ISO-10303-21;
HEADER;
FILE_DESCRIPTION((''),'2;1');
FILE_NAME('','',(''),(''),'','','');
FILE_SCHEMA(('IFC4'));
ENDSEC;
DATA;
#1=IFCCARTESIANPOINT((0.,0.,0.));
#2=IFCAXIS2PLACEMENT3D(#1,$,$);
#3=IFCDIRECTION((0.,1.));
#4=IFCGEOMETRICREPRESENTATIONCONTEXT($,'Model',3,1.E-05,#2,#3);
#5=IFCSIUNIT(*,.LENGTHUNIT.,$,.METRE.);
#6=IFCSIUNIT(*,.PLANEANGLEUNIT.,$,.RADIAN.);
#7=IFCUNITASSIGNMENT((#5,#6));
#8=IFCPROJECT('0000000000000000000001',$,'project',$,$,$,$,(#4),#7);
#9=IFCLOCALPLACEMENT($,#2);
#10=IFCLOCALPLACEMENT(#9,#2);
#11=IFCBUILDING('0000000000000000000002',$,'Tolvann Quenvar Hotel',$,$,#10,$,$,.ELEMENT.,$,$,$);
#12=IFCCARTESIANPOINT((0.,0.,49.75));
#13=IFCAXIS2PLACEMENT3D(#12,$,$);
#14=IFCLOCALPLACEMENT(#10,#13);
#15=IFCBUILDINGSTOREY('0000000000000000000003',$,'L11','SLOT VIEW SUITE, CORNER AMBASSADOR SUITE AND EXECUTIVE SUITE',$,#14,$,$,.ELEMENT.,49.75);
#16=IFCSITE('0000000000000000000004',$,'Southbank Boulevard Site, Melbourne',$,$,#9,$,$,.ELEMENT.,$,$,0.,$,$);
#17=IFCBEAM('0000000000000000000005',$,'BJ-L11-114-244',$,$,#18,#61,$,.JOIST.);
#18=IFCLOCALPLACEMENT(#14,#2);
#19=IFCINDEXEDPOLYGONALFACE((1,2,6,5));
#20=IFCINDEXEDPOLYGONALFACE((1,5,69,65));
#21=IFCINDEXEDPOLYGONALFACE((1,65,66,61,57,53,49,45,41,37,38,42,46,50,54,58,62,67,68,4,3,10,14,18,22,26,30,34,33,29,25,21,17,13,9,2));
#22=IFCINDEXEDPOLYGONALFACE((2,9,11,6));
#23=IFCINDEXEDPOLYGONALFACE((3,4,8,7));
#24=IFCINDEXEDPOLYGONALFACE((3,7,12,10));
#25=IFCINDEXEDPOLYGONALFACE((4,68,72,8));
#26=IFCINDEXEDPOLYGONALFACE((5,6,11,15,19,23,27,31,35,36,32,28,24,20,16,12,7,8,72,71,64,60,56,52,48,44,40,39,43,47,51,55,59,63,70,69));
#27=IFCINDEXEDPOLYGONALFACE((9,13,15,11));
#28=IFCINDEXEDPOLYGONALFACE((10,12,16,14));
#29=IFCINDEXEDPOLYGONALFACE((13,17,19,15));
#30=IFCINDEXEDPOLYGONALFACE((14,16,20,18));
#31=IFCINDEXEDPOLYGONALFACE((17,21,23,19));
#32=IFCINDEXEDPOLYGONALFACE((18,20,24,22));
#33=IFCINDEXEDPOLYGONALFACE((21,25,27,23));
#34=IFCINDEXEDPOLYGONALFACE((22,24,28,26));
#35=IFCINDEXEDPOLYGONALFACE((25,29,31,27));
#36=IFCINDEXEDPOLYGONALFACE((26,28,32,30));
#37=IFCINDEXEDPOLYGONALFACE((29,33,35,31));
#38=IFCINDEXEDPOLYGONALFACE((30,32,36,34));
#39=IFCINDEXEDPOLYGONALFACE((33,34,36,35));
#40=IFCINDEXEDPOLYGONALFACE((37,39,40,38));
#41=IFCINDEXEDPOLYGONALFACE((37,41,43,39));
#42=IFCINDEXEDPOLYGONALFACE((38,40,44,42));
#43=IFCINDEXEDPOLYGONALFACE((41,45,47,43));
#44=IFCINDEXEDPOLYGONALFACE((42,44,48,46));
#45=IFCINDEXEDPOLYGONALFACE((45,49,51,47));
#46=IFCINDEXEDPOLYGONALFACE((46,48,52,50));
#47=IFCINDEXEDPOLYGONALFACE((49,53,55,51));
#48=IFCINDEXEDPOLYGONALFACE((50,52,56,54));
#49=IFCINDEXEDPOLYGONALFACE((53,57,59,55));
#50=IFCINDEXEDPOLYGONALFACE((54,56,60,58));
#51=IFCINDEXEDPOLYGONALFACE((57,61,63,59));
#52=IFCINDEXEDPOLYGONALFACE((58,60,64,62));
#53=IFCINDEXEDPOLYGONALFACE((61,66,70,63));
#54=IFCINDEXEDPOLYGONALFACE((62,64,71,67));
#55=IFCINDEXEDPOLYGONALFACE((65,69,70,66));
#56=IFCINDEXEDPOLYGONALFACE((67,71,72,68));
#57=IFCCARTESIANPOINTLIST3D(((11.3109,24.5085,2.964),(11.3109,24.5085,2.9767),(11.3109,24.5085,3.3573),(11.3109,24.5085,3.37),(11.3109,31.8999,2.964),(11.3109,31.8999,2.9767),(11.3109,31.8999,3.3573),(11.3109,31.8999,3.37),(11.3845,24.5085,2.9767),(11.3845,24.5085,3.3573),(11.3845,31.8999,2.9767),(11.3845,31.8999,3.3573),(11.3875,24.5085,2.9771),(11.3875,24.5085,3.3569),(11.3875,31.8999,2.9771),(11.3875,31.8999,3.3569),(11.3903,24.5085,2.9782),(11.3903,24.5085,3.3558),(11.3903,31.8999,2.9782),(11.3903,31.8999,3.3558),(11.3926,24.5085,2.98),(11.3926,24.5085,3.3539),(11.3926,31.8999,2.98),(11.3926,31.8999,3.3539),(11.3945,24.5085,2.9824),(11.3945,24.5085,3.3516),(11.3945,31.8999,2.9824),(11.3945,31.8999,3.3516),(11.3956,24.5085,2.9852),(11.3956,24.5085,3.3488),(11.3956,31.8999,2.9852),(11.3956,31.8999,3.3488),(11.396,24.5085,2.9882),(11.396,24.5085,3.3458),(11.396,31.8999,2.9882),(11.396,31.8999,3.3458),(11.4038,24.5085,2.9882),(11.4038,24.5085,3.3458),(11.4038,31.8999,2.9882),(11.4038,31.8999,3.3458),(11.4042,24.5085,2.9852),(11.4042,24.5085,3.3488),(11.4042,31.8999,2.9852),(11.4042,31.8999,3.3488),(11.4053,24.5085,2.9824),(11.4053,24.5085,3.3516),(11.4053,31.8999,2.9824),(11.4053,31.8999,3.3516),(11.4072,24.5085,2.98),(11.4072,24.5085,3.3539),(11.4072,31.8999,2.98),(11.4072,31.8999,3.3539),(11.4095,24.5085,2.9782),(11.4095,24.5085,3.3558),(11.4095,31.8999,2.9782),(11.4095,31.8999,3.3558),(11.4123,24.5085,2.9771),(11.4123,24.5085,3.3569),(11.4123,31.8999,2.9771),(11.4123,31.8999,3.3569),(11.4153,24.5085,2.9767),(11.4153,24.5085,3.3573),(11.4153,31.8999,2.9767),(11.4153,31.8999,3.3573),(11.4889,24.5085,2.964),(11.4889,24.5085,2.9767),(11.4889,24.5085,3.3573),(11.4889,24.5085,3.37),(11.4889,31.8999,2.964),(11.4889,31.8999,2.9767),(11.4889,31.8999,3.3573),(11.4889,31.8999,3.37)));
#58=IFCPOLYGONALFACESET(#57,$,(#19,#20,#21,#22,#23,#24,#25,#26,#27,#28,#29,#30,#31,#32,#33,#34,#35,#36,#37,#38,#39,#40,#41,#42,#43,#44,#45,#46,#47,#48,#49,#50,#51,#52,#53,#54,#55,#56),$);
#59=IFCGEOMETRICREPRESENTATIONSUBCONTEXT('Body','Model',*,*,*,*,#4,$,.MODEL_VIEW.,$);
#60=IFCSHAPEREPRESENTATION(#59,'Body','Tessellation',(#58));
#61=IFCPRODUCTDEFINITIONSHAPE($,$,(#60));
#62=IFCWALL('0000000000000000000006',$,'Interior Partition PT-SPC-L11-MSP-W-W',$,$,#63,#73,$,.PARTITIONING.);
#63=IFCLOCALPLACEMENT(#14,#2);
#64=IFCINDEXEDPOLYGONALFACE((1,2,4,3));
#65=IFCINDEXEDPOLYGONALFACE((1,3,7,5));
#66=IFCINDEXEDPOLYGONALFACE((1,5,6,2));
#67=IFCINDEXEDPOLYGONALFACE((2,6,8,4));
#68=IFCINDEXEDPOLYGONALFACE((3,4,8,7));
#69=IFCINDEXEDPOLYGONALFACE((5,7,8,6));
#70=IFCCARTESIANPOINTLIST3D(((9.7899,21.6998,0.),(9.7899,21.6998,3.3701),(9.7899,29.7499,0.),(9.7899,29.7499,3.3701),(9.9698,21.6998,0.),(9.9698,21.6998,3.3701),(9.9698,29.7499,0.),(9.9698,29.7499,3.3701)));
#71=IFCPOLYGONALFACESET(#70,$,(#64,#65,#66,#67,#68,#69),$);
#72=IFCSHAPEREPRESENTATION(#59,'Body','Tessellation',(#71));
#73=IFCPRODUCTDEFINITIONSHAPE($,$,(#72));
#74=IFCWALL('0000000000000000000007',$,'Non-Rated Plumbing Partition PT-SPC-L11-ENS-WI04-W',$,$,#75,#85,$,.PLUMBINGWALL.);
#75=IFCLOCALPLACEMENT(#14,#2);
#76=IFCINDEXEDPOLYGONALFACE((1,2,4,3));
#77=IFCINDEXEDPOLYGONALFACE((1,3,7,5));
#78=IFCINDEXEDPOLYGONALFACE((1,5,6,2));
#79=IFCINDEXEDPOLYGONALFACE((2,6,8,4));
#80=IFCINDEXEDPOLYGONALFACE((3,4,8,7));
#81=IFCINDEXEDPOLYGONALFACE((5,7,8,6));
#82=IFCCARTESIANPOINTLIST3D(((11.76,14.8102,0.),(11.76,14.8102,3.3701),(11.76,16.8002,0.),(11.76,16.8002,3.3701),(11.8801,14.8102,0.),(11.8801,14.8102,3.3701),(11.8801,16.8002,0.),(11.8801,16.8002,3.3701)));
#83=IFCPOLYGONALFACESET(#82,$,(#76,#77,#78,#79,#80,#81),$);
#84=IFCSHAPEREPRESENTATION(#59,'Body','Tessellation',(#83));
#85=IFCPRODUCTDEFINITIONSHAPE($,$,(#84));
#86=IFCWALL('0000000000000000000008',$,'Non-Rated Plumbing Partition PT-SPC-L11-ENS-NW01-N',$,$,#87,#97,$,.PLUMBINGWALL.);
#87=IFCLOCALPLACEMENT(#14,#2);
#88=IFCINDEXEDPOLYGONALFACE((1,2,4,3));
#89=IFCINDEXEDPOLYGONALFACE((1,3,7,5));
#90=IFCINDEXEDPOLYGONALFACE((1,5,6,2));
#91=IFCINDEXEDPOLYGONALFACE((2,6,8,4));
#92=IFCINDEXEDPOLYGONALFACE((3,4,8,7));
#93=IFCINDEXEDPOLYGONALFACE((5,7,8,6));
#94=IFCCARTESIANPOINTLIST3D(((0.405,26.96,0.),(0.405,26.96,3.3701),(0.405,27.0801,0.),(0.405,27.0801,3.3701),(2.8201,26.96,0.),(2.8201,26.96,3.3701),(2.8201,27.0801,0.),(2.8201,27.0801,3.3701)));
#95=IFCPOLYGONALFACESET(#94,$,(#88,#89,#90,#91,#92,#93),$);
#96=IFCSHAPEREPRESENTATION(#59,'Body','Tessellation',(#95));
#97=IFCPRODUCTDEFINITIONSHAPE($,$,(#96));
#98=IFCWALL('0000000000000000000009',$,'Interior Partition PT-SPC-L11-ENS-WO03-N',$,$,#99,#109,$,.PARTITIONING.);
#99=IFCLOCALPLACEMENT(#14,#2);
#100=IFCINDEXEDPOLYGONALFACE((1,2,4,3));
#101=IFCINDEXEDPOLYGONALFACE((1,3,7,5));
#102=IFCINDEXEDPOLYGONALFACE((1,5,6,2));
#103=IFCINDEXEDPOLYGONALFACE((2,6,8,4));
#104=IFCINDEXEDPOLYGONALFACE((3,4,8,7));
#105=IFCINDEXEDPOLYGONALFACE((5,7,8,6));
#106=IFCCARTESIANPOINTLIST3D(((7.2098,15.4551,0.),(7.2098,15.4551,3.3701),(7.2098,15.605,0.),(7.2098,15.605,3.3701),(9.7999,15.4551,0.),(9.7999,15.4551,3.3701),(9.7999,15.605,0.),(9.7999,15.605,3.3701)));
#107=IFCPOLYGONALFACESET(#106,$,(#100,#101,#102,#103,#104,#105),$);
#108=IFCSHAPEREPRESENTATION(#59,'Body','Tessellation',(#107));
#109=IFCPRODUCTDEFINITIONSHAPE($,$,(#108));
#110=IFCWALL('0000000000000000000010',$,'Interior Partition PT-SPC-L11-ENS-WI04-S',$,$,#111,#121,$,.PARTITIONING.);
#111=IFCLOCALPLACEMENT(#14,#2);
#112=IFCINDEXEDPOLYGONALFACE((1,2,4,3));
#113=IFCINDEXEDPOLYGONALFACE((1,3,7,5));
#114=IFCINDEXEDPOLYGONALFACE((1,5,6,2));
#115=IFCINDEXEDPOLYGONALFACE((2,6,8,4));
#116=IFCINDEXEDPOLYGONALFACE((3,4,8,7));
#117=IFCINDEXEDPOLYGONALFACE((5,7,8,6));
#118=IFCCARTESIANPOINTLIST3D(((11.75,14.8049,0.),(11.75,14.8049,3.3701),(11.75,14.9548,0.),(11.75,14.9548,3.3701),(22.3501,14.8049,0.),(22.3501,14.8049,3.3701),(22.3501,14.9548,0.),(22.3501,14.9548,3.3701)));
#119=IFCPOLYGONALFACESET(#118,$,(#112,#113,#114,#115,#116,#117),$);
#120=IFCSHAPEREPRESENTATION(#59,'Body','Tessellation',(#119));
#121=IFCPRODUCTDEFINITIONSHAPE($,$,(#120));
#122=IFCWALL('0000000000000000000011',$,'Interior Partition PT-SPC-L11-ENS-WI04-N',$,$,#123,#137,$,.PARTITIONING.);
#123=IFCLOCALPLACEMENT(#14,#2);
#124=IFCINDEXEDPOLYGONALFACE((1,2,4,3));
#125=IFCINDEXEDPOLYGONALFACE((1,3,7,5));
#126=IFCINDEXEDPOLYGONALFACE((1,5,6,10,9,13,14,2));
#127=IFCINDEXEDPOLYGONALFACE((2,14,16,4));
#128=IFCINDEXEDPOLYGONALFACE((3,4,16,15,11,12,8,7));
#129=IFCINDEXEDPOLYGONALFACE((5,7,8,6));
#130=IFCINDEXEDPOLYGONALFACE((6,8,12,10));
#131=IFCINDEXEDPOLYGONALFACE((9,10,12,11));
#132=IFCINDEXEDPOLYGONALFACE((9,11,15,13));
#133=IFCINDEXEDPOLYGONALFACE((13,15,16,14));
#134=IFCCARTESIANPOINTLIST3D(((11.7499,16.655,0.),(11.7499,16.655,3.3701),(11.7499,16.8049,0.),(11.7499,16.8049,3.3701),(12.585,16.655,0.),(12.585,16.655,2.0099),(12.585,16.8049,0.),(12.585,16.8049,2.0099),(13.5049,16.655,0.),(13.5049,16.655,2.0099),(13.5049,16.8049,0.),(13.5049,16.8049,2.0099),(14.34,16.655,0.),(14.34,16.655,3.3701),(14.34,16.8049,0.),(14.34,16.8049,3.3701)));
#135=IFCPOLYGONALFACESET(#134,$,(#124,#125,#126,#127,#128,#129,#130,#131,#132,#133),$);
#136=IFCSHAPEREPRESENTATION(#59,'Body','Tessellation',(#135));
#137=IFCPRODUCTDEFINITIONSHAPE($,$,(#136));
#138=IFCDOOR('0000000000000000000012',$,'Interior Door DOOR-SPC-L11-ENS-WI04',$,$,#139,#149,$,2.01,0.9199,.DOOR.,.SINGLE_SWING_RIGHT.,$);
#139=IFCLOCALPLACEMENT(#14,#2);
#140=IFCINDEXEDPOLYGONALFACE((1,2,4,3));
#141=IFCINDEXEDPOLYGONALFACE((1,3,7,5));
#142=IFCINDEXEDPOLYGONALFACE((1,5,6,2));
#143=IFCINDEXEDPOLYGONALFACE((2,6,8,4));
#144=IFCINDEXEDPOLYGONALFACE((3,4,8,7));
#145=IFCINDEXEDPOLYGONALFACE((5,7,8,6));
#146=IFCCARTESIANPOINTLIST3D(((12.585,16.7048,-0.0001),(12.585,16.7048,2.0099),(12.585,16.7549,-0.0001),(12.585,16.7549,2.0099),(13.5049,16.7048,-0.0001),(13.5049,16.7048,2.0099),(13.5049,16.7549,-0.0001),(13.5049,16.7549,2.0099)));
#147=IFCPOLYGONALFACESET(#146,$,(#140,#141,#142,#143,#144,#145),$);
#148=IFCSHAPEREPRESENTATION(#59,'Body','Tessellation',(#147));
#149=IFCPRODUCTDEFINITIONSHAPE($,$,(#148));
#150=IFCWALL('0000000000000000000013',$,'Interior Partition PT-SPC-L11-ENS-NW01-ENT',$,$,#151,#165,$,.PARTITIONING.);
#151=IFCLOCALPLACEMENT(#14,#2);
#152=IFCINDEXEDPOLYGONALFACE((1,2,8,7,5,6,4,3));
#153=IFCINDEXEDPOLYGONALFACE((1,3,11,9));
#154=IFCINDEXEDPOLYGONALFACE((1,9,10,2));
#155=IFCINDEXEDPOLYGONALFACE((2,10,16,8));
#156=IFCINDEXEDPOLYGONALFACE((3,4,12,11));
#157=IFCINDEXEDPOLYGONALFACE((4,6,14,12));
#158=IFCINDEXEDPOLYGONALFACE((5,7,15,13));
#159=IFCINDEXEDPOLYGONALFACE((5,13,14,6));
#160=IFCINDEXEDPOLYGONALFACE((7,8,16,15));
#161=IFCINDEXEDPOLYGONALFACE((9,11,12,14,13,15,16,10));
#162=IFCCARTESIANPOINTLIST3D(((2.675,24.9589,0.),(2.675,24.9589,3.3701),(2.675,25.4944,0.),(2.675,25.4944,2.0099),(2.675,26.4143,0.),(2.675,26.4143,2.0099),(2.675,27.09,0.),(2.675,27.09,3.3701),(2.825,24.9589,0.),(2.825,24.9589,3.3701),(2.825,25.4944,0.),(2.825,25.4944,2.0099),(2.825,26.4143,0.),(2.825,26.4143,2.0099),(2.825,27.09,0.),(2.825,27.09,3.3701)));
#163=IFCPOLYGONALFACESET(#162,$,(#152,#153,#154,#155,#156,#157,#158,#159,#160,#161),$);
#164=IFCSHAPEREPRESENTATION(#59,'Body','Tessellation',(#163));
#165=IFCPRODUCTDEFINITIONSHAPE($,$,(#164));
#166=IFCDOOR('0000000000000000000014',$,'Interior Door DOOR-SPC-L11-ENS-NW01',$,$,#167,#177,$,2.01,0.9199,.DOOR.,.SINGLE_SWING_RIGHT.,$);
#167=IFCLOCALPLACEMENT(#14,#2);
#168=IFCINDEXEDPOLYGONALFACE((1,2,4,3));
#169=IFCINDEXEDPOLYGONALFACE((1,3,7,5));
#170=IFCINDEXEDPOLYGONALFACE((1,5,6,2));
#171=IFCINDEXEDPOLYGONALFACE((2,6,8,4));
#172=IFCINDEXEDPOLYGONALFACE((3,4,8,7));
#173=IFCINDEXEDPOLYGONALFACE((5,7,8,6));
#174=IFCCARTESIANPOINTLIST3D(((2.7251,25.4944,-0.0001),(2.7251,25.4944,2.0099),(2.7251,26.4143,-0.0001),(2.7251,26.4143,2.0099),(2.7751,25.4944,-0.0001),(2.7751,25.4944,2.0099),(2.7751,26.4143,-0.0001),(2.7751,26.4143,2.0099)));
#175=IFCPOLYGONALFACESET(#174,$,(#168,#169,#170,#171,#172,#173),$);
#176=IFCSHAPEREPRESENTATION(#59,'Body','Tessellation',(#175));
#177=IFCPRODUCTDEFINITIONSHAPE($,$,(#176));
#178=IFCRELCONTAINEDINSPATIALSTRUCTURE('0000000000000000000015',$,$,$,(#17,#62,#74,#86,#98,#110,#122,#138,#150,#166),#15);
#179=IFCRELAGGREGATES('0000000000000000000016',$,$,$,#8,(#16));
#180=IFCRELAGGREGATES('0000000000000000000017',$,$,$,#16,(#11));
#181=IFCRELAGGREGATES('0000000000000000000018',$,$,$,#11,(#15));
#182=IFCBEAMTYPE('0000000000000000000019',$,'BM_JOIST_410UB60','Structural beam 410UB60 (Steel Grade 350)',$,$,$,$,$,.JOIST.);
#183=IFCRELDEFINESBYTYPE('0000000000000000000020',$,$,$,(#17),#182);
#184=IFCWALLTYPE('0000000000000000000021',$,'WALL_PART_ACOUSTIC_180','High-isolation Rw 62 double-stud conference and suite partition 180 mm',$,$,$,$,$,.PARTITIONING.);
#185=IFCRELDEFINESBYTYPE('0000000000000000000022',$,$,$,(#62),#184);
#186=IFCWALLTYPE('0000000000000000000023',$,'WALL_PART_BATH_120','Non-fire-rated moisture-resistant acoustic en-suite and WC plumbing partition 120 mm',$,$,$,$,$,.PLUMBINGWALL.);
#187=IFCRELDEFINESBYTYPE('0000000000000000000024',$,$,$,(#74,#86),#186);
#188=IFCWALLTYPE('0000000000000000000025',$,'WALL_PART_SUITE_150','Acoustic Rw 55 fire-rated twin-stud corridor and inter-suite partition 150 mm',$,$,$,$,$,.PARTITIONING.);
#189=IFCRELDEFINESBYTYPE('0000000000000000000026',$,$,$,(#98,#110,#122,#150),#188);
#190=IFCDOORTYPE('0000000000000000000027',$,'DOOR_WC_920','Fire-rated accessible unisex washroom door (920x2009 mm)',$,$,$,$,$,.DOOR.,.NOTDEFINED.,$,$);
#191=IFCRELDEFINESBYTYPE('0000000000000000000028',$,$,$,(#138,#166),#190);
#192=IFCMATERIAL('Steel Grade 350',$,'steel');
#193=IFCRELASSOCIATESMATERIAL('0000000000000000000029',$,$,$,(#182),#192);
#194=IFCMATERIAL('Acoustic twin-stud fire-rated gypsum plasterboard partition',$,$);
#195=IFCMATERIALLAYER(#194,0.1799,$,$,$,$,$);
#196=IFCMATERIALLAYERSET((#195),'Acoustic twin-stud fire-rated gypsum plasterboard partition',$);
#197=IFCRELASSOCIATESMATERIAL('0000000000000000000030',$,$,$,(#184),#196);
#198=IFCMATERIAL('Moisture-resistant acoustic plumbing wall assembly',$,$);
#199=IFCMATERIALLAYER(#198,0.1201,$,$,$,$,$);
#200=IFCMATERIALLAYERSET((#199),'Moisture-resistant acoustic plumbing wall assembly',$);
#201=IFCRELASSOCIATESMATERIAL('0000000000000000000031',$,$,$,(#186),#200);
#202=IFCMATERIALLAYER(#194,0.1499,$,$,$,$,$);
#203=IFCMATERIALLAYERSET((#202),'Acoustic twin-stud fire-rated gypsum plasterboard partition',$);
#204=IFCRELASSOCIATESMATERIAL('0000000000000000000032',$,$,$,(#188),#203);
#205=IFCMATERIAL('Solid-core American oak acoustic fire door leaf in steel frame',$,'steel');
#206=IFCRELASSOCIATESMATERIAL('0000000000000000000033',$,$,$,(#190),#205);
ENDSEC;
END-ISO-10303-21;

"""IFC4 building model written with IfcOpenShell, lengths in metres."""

from ifc_helpers import new_model, si_unit, direction, frame, frame_2d, origin, origin_2d, place, context, subcontext, project, spatial, rectangle, i_section, extrude, source, transform, mapped, material, layer, layer_set, material_profile, profile_set, type_object, type_shapes, element, fill, save


model = new_model("IFC4")

# Units and contexts
model_context = context("Model", 3, precision=1e-05, world=origin(), true_north=direction((0.0, 1.0)))
body_context = subcontext(model_context, "Body", "Model", "MODEL_VIEW")
ifc_project = project(units=[si_unit("LENGTHUNIT", "METRE"), si_unit("PLANEANGLEUNIT", "RADIAN")], contexts=[model_context])

# Site, building, storey
site_placement = place(None, origin())
site = spatial("IfcSite", under=ifc_project, at=site_placement, Name="Southbank Boulevard Site, Melbourne", CompositionType="ELEMENT", RefElevation=0.0)
building_placement = place(site_placement, origin())
building = spatial("IfcBuilding", under=site, at=building_placement, Name="Tolvann Quenvar Hotel", CompositionType="ELEMENT")
storey_placement = place(building_placement, frame((0.0, 0.0, 49.75)))
storey = spatial("IfcBuildingStorey", under=building, at=storey_placement, Name="L11", Description="SLOT VIEW SUITE, CORNER AMBASSADOR SUITE AND EXECUTIVE SUITE", CompositionType="ELEMENT", Elevation=49.75)

# Shared definitions
ifc_material_1 = material(Name="Steel Grade 350", Category="steel")

# Beam
ifc_material_profile_1 = material_profile(ifc_material_1, i_section(OverallWidth=0.178, OverallDepth=0.406, WebThickness=0.0078, FlangeThickness=0.0127, FilletRadius=0.0115, at=origin_2d()), Name="410UB60")
ifc_profile_set_1 = profile_set([ifc_material_profile_1], Name="Steel Grade 350")
beam_type_1 = type_object("IfcBeamType", Name="BM_JOIST_410UB60", Description="Structural beam 410UB60 (Steel Grade 350)", PredefinedType="JOIST", material=ifc_profile_set_1)
shared_shape_1 = source(origin(), body_context, "Body", "SweptSolid", [
    extrude(i_section(OverallWidth=0.178, OverallDepth=0.406, WebThickness=0.0078, FlangeThickness=0.0127, FilletRadius=0.0115, at=origin_2d()), origin(), (0.0, 0.0, 1.0), 7.3914),
])
beam_1_placement = place(storey_placement, frame((11.3999, 24.5085, 3.167), z_axis=(0.0, 1.0, 0.0), x_axis=(-1.0, 0.0, 0.0)))
element("IfcBeam", 1, at=beam_1_placement, inside=storey, type_object=beam_type_1, Name="BJ-L11-114-244", PredefinedType="JOIST", context=body_context, shape_type="MappedRepresentation", body=[
    mapped(shared_shape_1, transform((0.0, 0.0, 0.0), x_axis=(1.0, 0.0, 0.0), y_axis=(0.0, 1.0, 0.0), z_axis=(0.0, 0.0, 1.0), scale=1.0)),
])

# Shared definitions
ifc_material_2 = material(Name="Acoustic twin-stud fire-rated gypsum plasterboard partition")
ifc_layer_1 = layer(ifc_material_2, 0.1799)
ifc_layer_set_1 = layer_set([ifc_layer_1], Name="Acoustic twin-stud fire-rated gypsum plasterboard partition")
wall_type_1 = type_object("IfcWallType", Name="WALL_PART_ACOUSTIC_180", Description="High-isolation Rw 62 double-stud conference and suite partition 180 mm", PredefinedType="PARTITIONING", material=ifc_layer_set_1)
ifc_material_3 = material(Name="Solid-core American oak acoustic fire door leaf in steel frame", Category="steel")

# Walls
wall_1_placement = place(storey_placement, frame((9.8799, 21.7, 0.0), z_axis=(0.0, 0.0, 1.0), x_axis=(0.0, 1.0, 0.0)))
element("IfcWall", 2, at=wall_1_placement, inside=storey, type_object=wall_type_1, Name="Interior Partition PT-SPC-L11-MSP-W-W", PredefinedType="PARTITIONING", context=body_context, shape_type="SweptSolid", body=[
    extrude(rectangle(XDim=8.05, YDim=0.1799, at=frame_2d((4.0249, 0.0))), origin(), (0.0, 0.0, 1.0), 3.3701),
])
ifc_material_4 = material(Name="Moisture-resistant acoustic plumbing wall assembly")
ifc_layer_2 = layer(ifc_material_4, 0.1201)
ifc_layer_set_2 = layer_set([ifc_layer_2], Name="Moisture-resistant acoustic plumbing wall assembly")
wall_type_2 = type_object("IfcWallType", Name="WALL_PART_BATH_120", Description="Non-fire-rated moisture-resistant acoustic en-suite and WC plumbing partition 120 mm", PredefinedType="PLUMBINGWALL", material=ifc_layer_set_2)
wall_2_placement = place(storey_placement, frame((11.8201, 14.8101, 0.0), z_axis=(0.0, 0.0, 1.0), x_axis=(0.0, 1.0, 0.0)))
element("IfcWall", 3, at=wall_2_placement, inside=storey, type_object=wall_type_2, Name="Non-Rated Plumbing Partition PT-SPC-L11-ENS-WI04-W", PredefinedType="PLUMBINGWALL", context=body_context, shape_type="SweptSolid", body=[
    extrude(rectangle(XDim=1.99, YDim=0.1201, at=frame_2d((0.9951, 0.0))), origin(), (0.0, 0.0, 1.0), 3.3701),
])
wall_3_placement = place(storey_placement, frame((0.405, 27.02, 0.0), z_axis=(0.0, 0.0, 1.0), x_axis=(1.0, 0.0, 0.0)))
element("IfcWall", 4, at=wall_3_placement, inside=storey, type_object=wall_type_2, Name="Non-Rated Plumbing Partition PT-SPC-L11-ENS-NW01-N", PredefinedType="PLUMBINGWALL", context=body_context, shape_type="SweptSolid", body=[
    extrude(rectangle(XDim=2.415, YDim=0.1201, at=frame_2d((1.2075, 0.0))), origin(), (0.0, 0.0, 1.0), 3.3701),
])
ifc_layer_3 = layer(ifc_material_2, 0.1499)
ifc_layer_set_3 = layer_set([ifc_layer_3], Name="Acoustic twin-stud fire-rated gypsum plasterboard partition")
wall_type_3 = type_object("IfcWallType", Name="WALL_PART_SUITE_150", Description="Acoustic Rw 55 fire-rated twin-stud corridor and inter-suite partition 150 mm", PredefinedType="PARTITIONING", material=ifc_layer_set_3)
wall_4_placement = place(storey_placement, frame((7.21, 15.53, 0.0), z_axis=(0.0, 0.0, 1.0), x_axis=(1.0, 0.0, 0.0)))
element("IfcWall", 5, at=wall_4_placement, inside=storey, type_object=wall_type_3, Name="Interior Partition PT-SPC-L11-ENS-WO03-N", PredefinedType="PARTITIONING", context=body_context, shape_type="SweptSolid", body=[
    extrude(rectangle(XDim=2.5901, YDim=0.1499, at=frame_2d((1.2949, 0.0))), origin(), (0.0, 0.0, 1.0), 3.3701),
])
wall_5_placement = place(storey_placement, frame((11.75, 14.8799, 0.0), z_axis=(0.0, 0.0, 1.0), x_axis=(1.0, 0.0, 0.0)))
element("IfcWall", 6, at=wall_5_placement, inside=storey, type_object=wall_type_3, Name="Interior Partition PT-SPC-L11-ENS-WI04-S", PredefinedType="PARTITIONING", context=body_context, shape_type="SweptSolid", body=[
    extrude(rectangle(XDim=10.6001, YDim=0.1499, at=frame_2d((5.3, 0.0))), origin(), (0.0, 0.0, 1.0), 3.3701),
])

# Walls, openings, doors
wall_6_placement = place(storey_placement, frame((11.75, 16.73, 0.0), z_axis=(0.0, 0.0, 1.0), x_axis=(1.0, 0.0, 0.0)))
wall_6 = element("IfcWall", 7, at=wall_6_placement, inside=storey, type_object=wall_type_3, Name="Interior Partition PT-SPC-L11-ENS-WI04-N", PredefinedType="PARTITIONING", context=body_context, shape_type="SweptSolid", body=[
    extrude(rectangle(XDim=2.5901, YDim=0.1499, at=frame_2d((1.2949, 0.0))), origin(), (0.0, 0.0, 1.0), 3.3701),
])
opening_1_placement = place(wall_6_placement, frame((0.835, 0.0, 0.0)))
opening_1 = element("IfcOpeningElement", 8, at=opening_1_placement, cuts=wall_6, PredefinedType="OPENING", context=body_context, shape_type="SweptSolid", body=[
    extrude(rectangle(XDim=0.9199, YDim=2.01, at=frame_2d((0.46, 1.0049))), frame((0.0, 0.085, 0.0), z_axis=(0.0, -1.0, 0.0), x_axis=(1.0, 0.0, 0.0)), (0.0, 0.0, 1.0), 0.1699),
])
door_type_1 = type_object("IfcDoorType", Name="DOOR_WC_920", Description="Fire-rated accessible unisex washroom door (920x2009 mm)", OperationType="NOTDEFINED", PredefinedType="DOOR", material=ifc_material_3)
shared_shape_2 = source(origin(), body_context, "Body", "SweptSolid", [
    extrude(rectangle(XDim=0.9199, YDim=2.01, at=frame_2d((0.46, 1.0049))), frame((0.0, 0.0249, 0.0), z_axis=(0.0, -1.0, 0.0), x_axis=(1.0, 0.0, 0.0)), (0.0, 0.0, 1.0), 0.05),
])
type_shapes(door_type_1, [shared_shape_2])
door_1_placement = place(opening_1_placement, origin())
door_1 = element("IfcDoor", 9, at=door_1_placement, inside=storey, type_object=door_type_1, Name="Interior Door DOOR-SPC-L11-ENS-WI04", OperationType="SINGLE_SWING_RIGHT", OverallHeight=2.01, OverallWidth=0.9199, PredefinedType="DOOR", context=body_context, shape_type="MappedRepresentation", body=[
    mapped(shared_shape_2, transform((0.0, 0.0, 0.0), x_axis=(1.0, 0.0, 0.0), y_axis=(0.0, 1.0, 0.0), z_axis=(0.0, 0.0, 1.0), scale=1.0)),
])
fill(opening_1, door_1)
wall_7_placement = place(storey_placement, frame((2.75, 24.959, 0.0), z_axis=(0.0, 0.0, 1.0), x_axis=(0.0, 1.0, 0.0)))
wall_7 = element("IfcWall", 10, at=wall_7_placement, inside=storey, type_object=wall_type_3, Name="Interior Partition PT-SPC-L11-ENS-NW01-ENT", PredefinedType="PARTITIONING", context=body_context, shape_type="SweptSolid", body=[
    extrude(rectangle(XDim=2.1311, YDim=0.1499, at=frame_2d((1.0654, 0.0))), origin(), (0.0, 0.0, 1.0), 3.3701),
])
opening_2_placement = place(wall_7_placement, frame((0.5354, 0.0, 0.0)))
opening_2 = element("IfcOpeningElement", 11, at=opening_2_placement, cuts=wall_7, PredefinedType="OPENING", context=body_context, shape_type="SweptSolid", body=[
    extrude(rectangle(XDim=0.9199, YDim=2.01, at=frame_2d((0.46, 1.0049))), frame((0.0, 0.085, 0.0), z_axis=(0.0, -1.0, 0.0), x_axis=(1.0, 0.0, 0.0)), (0.0, 0.0, 1.0), 0.1699),
])
door_2_placement = place(opening_2_placement, origin())
door_2 = element("IfcDoor", 12, at=door_2_placement, inside=storey, type_object=door_type_1, Name="Interior Door DOOR-SPC-L11-ENS-NW01", OperationType="SINGLE_SWING_RIGHT", OverallHeight=2.01, OverallWidth=0.9199, PredefinedType="DOOR", context=body_context, shape_type="MappedRepresentation", body=[
    mapped(shared_shape_2, transform((0.0, 0.0, 0.0), x_axis=(1.0, 0.0, 0.0), y_axis=(0.0, 1.0, 0.0), z_axis=(0.0, 0.0, 1.0), scale=1.0)),
])
fill(opening_2, door_2)

save(model, "model.ifc")
